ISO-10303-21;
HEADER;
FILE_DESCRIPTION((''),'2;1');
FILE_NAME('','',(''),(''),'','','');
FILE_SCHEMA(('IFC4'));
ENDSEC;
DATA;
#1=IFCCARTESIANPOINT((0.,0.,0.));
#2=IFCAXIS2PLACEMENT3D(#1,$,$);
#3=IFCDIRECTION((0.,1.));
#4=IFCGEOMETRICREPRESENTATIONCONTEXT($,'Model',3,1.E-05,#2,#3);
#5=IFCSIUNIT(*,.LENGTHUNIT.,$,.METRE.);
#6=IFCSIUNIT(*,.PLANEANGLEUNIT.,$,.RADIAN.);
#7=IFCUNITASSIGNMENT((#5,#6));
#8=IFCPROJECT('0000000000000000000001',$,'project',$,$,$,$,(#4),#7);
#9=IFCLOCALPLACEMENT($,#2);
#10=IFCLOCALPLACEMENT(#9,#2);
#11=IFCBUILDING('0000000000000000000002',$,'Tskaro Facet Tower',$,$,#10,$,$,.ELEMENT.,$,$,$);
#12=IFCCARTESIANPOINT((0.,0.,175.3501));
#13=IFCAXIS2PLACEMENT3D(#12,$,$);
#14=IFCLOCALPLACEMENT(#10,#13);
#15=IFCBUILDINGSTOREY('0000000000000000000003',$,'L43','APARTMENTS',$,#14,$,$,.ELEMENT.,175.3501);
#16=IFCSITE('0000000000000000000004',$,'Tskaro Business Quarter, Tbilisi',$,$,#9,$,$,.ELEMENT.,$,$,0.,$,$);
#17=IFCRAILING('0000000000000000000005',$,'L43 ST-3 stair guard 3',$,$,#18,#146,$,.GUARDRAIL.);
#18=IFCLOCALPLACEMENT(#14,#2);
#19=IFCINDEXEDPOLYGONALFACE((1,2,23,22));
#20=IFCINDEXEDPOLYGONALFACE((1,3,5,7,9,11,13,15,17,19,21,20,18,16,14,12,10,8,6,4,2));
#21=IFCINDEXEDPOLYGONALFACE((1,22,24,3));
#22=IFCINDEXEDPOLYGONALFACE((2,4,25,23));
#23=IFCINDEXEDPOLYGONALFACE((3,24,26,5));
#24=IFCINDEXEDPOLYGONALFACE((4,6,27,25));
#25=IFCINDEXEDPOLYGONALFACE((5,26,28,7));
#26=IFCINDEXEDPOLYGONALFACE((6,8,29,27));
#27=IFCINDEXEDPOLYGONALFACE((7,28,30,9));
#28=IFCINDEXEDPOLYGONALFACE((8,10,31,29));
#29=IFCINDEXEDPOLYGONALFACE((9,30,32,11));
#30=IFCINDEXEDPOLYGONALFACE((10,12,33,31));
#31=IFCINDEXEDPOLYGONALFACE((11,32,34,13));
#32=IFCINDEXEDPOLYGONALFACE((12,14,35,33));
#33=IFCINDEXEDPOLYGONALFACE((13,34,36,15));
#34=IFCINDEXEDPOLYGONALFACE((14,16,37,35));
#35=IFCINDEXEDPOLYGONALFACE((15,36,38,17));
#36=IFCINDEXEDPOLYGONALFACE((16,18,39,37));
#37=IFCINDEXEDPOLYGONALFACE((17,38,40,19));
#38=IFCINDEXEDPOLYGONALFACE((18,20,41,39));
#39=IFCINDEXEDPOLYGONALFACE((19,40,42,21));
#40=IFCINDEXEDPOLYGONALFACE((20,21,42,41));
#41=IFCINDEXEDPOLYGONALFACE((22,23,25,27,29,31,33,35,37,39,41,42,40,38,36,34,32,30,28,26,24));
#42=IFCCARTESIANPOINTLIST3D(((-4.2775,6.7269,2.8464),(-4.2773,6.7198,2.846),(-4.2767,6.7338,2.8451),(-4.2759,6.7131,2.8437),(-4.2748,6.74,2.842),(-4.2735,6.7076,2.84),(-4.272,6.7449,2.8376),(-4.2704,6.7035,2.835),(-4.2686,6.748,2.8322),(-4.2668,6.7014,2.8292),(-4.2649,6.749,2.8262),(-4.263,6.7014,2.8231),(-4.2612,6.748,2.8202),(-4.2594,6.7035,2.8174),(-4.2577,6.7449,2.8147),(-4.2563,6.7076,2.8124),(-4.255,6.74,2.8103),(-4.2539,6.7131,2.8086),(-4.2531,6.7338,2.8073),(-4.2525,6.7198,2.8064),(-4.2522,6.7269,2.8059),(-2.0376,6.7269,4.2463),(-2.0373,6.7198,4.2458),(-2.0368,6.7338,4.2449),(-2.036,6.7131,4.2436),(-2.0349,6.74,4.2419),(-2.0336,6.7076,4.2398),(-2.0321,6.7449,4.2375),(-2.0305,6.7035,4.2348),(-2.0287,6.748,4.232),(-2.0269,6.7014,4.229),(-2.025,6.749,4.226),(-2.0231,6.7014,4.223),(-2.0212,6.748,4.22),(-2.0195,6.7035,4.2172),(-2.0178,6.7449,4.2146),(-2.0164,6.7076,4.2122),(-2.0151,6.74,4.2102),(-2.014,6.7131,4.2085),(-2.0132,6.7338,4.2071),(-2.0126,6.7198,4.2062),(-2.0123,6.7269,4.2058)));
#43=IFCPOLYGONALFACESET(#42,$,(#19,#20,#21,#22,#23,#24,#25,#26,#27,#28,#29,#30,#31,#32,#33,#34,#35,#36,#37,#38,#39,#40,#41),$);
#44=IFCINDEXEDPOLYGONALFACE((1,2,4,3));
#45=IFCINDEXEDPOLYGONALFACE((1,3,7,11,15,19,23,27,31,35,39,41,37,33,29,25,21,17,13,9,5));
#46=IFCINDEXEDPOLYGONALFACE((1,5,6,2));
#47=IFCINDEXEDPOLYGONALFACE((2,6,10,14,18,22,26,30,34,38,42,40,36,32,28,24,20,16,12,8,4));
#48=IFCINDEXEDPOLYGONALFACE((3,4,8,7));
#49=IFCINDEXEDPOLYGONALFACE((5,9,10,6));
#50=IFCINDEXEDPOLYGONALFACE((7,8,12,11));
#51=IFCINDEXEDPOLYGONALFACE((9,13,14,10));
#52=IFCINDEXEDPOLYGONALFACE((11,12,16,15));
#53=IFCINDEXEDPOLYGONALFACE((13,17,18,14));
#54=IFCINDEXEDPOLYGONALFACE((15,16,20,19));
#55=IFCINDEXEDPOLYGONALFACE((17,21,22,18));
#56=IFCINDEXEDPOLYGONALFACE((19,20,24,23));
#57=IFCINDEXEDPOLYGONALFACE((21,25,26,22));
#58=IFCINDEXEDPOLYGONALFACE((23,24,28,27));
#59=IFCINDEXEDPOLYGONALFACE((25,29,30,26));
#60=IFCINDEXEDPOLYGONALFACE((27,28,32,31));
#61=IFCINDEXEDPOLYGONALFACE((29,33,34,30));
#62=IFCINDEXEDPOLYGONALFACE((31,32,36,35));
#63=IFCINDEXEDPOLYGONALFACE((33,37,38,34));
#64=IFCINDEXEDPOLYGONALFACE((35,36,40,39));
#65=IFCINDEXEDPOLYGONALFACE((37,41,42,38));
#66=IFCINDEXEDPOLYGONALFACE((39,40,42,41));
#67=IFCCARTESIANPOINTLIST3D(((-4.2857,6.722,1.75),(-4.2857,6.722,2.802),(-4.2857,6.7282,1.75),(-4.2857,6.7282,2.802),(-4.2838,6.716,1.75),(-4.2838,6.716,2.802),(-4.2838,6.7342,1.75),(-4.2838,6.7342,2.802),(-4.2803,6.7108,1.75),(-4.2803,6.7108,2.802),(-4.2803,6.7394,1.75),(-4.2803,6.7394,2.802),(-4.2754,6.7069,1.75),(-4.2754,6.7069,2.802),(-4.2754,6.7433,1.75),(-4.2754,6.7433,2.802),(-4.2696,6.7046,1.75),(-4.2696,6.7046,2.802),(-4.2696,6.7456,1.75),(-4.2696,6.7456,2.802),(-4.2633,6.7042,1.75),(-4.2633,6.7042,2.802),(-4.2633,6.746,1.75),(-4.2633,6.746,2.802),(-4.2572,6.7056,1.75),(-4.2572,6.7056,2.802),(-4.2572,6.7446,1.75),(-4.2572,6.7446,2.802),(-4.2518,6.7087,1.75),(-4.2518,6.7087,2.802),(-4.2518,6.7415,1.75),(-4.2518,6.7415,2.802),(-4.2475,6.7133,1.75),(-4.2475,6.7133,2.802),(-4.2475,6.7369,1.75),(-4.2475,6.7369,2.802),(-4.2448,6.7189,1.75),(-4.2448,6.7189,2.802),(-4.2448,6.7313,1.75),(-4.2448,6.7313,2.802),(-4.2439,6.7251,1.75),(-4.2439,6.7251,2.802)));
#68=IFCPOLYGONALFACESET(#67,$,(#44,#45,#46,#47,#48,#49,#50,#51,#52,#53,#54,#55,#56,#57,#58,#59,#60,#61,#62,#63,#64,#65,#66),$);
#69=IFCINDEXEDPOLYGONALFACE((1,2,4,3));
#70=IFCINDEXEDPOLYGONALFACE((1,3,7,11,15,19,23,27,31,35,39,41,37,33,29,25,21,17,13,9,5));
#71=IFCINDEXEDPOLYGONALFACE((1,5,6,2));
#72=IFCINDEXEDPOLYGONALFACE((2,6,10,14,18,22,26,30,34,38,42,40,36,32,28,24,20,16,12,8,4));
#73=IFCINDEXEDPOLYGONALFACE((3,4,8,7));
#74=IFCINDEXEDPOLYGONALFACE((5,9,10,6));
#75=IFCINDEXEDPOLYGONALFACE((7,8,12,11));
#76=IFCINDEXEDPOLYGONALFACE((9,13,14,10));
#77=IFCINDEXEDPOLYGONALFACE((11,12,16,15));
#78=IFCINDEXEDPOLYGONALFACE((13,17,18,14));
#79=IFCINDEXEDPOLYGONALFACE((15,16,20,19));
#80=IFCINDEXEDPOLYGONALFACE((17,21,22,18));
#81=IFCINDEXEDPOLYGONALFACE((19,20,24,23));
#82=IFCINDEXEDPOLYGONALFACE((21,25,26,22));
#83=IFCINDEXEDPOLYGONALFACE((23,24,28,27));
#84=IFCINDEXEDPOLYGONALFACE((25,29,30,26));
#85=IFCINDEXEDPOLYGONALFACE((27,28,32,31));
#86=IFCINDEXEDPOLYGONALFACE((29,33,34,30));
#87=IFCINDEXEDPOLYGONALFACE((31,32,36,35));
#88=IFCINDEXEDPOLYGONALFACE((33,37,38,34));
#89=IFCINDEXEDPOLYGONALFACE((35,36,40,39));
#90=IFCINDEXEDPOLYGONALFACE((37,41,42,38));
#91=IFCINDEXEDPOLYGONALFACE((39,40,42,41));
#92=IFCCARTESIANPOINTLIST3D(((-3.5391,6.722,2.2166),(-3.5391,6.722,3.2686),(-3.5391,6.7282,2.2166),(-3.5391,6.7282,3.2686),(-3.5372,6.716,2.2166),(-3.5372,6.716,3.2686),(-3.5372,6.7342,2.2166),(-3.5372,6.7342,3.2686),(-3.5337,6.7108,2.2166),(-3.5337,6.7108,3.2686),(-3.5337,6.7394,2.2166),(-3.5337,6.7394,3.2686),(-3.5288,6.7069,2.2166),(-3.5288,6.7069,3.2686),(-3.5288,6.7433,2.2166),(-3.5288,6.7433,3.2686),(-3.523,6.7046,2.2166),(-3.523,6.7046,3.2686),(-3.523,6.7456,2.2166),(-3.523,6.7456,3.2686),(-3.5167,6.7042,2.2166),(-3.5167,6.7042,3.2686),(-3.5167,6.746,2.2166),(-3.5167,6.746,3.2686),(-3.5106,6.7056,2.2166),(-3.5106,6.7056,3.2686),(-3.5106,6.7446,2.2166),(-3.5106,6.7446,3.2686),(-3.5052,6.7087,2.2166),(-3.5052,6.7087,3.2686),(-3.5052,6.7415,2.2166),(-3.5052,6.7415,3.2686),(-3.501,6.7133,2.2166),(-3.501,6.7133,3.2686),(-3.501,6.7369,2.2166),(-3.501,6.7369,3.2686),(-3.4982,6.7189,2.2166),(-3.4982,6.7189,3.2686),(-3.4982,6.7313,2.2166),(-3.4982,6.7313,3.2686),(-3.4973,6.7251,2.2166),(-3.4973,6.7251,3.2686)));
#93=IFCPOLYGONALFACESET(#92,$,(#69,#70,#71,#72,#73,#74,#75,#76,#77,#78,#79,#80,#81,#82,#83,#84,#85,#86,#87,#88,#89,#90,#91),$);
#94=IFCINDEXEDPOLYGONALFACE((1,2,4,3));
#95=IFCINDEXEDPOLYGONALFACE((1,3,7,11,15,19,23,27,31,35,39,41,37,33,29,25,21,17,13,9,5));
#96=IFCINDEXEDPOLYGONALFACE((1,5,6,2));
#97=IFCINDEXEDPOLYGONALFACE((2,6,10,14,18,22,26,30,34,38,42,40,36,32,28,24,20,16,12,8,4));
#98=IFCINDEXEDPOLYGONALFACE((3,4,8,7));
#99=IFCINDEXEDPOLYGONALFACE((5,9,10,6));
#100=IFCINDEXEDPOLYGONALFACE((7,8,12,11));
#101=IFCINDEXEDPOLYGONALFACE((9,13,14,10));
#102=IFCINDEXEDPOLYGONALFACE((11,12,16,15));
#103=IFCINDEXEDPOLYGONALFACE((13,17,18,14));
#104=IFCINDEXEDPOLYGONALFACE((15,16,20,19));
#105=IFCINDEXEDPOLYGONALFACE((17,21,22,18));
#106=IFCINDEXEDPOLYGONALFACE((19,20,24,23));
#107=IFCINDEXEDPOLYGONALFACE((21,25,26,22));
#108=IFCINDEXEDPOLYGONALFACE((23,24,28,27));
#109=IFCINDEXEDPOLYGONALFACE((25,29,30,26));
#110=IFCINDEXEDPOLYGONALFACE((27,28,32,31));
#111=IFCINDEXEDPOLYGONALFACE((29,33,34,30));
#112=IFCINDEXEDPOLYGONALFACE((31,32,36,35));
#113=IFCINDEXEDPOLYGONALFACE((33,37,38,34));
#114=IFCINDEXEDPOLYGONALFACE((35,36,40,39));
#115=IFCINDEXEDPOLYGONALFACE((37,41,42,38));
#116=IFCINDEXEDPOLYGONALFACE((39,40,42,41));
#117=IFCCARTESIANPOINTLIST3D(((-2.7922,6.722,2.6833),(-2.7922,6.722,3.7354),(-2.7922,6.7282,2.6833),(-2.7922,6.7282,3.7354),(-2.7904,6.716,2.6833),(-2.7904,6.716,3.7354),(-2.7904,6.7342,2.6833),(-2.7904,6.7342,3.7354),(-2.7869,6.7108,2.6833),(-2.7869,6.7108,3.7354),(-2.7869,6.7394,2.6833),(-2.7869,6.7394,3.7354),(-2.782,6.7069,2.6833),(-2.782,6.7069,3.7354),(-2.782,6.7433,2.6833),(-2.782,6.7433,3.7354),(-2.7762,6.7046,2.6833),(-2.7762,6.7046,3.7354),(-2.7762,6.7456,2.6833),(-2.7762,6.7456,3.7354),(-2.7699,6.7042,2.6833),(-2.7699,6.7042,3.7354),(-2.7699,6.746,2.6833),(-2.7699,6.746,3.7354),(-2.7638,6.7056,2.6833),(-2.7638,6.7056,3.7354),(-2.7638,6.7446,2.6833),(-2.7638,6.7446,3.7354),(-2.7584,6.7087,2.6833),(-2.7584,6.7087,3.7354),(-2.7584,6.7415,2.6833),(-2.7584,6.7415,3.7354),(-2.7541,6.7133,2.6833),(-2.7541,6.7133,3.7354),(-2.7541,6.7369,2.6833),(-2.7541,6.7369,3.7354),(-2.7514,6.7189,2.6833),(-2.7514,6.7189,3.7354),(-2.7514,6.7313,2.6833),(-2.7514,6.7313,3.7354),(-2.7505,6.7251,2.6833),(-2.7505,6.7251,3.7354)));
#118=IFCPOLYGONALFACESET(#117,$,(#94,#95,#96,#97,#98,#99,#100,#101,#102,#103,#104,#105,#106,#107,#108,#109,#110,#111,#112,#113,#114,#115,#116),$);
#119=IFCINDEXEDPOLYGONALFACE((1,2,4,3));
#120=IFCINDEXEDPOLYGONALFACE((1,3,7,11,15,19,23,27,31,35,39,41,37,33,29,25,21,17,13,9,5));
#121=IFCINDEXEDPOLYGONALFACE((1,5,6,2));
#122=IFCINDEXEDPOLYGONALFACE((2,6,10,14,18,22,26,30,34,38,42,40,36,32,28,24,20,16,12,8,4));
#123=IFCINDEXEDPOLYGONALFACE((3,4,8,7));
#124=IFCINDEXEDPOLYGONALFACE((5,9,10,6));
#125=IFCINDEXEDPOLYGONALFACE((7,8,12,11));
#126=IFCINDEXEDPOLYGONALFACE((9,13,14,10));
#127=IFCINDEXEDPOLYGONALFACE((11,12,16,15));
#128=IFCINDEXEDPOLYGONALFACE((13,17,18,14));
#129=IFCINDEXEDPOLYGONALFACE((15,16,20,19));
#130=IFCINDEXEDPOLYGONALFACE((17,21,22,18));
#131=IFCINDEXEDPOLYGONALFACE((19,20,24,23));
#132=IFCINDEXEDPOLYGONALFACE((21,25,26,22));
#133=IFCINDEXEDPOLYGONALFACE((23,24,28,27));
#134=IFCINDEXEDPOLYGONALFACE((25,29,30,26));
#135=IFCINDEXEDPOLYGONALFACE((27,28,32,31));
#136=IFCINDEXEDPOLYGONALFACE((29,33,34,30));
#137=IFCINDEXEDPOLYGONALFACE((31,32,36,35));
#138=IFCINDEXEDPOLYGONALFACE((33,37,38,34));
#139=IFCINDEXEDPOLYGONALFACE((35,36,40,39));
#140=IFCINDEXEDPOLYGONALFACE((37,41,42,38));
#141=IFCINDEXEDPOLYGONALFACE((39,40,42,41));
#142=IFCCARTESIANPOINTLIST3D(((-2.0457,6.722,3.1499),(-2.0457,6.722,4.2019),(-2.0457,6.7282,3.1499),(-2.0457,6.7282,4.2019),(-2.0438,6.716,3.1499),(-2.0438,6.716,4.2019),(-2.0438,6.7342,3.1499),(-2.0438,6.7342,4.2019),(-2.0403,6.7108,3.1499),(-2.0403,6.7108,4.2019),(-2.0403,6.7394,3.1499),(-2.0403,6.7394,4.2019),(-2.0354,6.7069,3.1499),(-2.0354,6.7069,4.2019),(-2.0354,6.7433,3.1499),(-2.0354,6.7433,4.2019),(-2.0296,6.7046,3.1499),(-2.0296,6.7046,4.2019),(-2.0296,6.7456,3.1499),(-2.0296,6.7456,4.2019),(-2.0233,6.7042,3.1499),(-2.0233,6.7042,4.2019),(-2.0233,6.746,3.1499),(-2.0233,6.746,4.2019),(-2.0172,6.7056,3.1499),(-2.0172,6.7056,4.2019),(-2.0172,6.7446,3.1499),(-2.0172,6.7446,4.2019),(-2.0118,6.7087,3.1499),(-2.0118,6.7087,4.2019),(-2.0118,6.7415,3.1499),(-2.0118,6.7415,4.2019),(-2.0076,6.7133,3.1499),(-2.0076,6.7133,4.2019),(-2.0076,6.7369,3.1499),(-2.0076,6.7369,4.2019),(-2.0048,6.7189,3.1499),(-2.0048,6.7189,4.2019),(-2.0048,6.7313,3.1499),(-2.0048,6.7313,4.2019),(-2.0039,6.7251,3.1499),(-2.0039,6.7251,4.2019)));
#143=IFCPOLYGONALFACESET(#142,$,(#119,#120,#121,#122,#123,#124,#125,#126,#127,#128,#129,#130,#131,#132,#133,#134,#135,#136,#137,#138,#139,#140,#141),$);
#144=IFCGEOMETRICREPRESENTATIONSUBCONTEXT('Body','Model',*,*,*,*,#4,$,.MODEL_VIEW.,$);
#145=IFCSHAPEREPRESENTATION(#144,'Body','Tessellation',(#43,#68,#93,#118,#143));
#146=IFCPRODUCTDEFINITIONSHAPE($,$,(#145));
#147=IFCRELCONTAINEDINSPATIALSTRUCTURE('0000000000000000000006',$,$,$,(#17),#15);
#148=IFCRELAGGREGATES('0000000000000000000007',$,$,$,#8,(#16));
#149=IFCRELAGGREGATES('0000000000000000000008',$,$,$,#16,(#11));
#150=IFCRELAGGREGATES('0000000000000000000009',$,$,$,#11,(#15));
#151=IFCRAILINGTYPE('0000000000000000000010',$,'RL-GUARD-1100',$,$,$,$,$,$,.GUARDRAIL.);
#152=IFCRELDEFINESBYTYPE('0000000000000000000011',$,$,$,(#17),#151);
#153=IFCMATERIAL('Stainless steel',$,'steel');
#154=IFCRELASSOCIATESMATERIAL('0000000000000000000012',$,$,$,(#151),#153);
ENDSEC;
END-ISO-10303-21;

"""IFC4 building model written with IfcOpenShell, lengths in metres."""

from ifc_helpers import new_model, si_unit, direction, frame, origin, origin_2d, place, context, subcontext, project, spatial, circle, extrude, material, type_object, element, save


model = new_model("IFC4")

# Units and contexts
model_context = context("Model", 3, precision=1e-05, world=origin(), true_north=direction((0.0, 1.0)))
body_context = subcontext(model_context, "Body", "Model", "MODEL_VIEW")
ifc_project = project(units=[si_unit("LENGTHUNIT", "METRE"), si_unit("PLANEANGLEUNIT", "RADIAN")], contexts=[model_context])

# Site, building, storey
site_placement = place(None, origin())
site = spatial("IfcSite", under=ifc_project, at=site_placement, Name="Tskaro Business Quarter, Tbilisi", CompositionType="ELEMENT", RefElevation=0.0)
building_placement = place(site_placement, origin())
building = spatial("IfcBuilding", under=site, at=building_placement, Name="Tskaro Facet Tower", CompositionType="ELEMENT")
storey_placement = place(building_placement, frame((0.0, 0.0, 175.3501)))
storey = spatial("IfcBuildingStorey", under=building, at=storey_placement, Name="L43", Description="APARTMENTS", CompositionType="ELEMENT", Elevation=175.3501)

# Railing
ifc_material_1 = material(Name="Stainless steel", Category="steel")
railing_type_1 = type_object("IfcRailingType", Name="RL-GUARD-1100", PredefinedType="GUARDRAIL", material=ifc_material_1)
railing_1_placement = place(storey_placement, frame((-4.2649, 6.7251, 1.75)))
element("IfcRailing", 1, at=railing_1_placement, inside=storey, type_object=railing_type_1, Name="L43 ST-3 stair guard 3", PredefinedType="GUARDRAIL", context=body_context, shape_type="SweptSolid", body=[
    extrude(circle(Radius=0.0239, at=origin_2d()), frame((0.0, 0.0, 1.0762), z_axis=(0.848014, 0.0, 0.529974), x_axis=(0.0, 1.0, 0.0)), (0.0, 0.0, 1.0), 2.6414),
    extrude(circle(Radius=0.021, at=origin_2d()), origin(), (0.0, 0.0, 1.0), 1.052),
    extrude(circle(Radius=0.021, at=origin_2d()), frame((0.7466, 0.0, 0.4666)), (0.0, 0.0, 1.0), 1.052),
    extrude(circle(Radius=0.021, at=origin_2d()), frame((1.4934, 0.0, 0.9333)), (0.0, 0.0, 1.0), 1.052),
    extrude(circle(Radius=0.021, at=origin_2d()), frame((2.24, 0.0, 1.3999)), (0.0, 0.0, 1.0), 1.052),
])

save(model, "model.ifc")
